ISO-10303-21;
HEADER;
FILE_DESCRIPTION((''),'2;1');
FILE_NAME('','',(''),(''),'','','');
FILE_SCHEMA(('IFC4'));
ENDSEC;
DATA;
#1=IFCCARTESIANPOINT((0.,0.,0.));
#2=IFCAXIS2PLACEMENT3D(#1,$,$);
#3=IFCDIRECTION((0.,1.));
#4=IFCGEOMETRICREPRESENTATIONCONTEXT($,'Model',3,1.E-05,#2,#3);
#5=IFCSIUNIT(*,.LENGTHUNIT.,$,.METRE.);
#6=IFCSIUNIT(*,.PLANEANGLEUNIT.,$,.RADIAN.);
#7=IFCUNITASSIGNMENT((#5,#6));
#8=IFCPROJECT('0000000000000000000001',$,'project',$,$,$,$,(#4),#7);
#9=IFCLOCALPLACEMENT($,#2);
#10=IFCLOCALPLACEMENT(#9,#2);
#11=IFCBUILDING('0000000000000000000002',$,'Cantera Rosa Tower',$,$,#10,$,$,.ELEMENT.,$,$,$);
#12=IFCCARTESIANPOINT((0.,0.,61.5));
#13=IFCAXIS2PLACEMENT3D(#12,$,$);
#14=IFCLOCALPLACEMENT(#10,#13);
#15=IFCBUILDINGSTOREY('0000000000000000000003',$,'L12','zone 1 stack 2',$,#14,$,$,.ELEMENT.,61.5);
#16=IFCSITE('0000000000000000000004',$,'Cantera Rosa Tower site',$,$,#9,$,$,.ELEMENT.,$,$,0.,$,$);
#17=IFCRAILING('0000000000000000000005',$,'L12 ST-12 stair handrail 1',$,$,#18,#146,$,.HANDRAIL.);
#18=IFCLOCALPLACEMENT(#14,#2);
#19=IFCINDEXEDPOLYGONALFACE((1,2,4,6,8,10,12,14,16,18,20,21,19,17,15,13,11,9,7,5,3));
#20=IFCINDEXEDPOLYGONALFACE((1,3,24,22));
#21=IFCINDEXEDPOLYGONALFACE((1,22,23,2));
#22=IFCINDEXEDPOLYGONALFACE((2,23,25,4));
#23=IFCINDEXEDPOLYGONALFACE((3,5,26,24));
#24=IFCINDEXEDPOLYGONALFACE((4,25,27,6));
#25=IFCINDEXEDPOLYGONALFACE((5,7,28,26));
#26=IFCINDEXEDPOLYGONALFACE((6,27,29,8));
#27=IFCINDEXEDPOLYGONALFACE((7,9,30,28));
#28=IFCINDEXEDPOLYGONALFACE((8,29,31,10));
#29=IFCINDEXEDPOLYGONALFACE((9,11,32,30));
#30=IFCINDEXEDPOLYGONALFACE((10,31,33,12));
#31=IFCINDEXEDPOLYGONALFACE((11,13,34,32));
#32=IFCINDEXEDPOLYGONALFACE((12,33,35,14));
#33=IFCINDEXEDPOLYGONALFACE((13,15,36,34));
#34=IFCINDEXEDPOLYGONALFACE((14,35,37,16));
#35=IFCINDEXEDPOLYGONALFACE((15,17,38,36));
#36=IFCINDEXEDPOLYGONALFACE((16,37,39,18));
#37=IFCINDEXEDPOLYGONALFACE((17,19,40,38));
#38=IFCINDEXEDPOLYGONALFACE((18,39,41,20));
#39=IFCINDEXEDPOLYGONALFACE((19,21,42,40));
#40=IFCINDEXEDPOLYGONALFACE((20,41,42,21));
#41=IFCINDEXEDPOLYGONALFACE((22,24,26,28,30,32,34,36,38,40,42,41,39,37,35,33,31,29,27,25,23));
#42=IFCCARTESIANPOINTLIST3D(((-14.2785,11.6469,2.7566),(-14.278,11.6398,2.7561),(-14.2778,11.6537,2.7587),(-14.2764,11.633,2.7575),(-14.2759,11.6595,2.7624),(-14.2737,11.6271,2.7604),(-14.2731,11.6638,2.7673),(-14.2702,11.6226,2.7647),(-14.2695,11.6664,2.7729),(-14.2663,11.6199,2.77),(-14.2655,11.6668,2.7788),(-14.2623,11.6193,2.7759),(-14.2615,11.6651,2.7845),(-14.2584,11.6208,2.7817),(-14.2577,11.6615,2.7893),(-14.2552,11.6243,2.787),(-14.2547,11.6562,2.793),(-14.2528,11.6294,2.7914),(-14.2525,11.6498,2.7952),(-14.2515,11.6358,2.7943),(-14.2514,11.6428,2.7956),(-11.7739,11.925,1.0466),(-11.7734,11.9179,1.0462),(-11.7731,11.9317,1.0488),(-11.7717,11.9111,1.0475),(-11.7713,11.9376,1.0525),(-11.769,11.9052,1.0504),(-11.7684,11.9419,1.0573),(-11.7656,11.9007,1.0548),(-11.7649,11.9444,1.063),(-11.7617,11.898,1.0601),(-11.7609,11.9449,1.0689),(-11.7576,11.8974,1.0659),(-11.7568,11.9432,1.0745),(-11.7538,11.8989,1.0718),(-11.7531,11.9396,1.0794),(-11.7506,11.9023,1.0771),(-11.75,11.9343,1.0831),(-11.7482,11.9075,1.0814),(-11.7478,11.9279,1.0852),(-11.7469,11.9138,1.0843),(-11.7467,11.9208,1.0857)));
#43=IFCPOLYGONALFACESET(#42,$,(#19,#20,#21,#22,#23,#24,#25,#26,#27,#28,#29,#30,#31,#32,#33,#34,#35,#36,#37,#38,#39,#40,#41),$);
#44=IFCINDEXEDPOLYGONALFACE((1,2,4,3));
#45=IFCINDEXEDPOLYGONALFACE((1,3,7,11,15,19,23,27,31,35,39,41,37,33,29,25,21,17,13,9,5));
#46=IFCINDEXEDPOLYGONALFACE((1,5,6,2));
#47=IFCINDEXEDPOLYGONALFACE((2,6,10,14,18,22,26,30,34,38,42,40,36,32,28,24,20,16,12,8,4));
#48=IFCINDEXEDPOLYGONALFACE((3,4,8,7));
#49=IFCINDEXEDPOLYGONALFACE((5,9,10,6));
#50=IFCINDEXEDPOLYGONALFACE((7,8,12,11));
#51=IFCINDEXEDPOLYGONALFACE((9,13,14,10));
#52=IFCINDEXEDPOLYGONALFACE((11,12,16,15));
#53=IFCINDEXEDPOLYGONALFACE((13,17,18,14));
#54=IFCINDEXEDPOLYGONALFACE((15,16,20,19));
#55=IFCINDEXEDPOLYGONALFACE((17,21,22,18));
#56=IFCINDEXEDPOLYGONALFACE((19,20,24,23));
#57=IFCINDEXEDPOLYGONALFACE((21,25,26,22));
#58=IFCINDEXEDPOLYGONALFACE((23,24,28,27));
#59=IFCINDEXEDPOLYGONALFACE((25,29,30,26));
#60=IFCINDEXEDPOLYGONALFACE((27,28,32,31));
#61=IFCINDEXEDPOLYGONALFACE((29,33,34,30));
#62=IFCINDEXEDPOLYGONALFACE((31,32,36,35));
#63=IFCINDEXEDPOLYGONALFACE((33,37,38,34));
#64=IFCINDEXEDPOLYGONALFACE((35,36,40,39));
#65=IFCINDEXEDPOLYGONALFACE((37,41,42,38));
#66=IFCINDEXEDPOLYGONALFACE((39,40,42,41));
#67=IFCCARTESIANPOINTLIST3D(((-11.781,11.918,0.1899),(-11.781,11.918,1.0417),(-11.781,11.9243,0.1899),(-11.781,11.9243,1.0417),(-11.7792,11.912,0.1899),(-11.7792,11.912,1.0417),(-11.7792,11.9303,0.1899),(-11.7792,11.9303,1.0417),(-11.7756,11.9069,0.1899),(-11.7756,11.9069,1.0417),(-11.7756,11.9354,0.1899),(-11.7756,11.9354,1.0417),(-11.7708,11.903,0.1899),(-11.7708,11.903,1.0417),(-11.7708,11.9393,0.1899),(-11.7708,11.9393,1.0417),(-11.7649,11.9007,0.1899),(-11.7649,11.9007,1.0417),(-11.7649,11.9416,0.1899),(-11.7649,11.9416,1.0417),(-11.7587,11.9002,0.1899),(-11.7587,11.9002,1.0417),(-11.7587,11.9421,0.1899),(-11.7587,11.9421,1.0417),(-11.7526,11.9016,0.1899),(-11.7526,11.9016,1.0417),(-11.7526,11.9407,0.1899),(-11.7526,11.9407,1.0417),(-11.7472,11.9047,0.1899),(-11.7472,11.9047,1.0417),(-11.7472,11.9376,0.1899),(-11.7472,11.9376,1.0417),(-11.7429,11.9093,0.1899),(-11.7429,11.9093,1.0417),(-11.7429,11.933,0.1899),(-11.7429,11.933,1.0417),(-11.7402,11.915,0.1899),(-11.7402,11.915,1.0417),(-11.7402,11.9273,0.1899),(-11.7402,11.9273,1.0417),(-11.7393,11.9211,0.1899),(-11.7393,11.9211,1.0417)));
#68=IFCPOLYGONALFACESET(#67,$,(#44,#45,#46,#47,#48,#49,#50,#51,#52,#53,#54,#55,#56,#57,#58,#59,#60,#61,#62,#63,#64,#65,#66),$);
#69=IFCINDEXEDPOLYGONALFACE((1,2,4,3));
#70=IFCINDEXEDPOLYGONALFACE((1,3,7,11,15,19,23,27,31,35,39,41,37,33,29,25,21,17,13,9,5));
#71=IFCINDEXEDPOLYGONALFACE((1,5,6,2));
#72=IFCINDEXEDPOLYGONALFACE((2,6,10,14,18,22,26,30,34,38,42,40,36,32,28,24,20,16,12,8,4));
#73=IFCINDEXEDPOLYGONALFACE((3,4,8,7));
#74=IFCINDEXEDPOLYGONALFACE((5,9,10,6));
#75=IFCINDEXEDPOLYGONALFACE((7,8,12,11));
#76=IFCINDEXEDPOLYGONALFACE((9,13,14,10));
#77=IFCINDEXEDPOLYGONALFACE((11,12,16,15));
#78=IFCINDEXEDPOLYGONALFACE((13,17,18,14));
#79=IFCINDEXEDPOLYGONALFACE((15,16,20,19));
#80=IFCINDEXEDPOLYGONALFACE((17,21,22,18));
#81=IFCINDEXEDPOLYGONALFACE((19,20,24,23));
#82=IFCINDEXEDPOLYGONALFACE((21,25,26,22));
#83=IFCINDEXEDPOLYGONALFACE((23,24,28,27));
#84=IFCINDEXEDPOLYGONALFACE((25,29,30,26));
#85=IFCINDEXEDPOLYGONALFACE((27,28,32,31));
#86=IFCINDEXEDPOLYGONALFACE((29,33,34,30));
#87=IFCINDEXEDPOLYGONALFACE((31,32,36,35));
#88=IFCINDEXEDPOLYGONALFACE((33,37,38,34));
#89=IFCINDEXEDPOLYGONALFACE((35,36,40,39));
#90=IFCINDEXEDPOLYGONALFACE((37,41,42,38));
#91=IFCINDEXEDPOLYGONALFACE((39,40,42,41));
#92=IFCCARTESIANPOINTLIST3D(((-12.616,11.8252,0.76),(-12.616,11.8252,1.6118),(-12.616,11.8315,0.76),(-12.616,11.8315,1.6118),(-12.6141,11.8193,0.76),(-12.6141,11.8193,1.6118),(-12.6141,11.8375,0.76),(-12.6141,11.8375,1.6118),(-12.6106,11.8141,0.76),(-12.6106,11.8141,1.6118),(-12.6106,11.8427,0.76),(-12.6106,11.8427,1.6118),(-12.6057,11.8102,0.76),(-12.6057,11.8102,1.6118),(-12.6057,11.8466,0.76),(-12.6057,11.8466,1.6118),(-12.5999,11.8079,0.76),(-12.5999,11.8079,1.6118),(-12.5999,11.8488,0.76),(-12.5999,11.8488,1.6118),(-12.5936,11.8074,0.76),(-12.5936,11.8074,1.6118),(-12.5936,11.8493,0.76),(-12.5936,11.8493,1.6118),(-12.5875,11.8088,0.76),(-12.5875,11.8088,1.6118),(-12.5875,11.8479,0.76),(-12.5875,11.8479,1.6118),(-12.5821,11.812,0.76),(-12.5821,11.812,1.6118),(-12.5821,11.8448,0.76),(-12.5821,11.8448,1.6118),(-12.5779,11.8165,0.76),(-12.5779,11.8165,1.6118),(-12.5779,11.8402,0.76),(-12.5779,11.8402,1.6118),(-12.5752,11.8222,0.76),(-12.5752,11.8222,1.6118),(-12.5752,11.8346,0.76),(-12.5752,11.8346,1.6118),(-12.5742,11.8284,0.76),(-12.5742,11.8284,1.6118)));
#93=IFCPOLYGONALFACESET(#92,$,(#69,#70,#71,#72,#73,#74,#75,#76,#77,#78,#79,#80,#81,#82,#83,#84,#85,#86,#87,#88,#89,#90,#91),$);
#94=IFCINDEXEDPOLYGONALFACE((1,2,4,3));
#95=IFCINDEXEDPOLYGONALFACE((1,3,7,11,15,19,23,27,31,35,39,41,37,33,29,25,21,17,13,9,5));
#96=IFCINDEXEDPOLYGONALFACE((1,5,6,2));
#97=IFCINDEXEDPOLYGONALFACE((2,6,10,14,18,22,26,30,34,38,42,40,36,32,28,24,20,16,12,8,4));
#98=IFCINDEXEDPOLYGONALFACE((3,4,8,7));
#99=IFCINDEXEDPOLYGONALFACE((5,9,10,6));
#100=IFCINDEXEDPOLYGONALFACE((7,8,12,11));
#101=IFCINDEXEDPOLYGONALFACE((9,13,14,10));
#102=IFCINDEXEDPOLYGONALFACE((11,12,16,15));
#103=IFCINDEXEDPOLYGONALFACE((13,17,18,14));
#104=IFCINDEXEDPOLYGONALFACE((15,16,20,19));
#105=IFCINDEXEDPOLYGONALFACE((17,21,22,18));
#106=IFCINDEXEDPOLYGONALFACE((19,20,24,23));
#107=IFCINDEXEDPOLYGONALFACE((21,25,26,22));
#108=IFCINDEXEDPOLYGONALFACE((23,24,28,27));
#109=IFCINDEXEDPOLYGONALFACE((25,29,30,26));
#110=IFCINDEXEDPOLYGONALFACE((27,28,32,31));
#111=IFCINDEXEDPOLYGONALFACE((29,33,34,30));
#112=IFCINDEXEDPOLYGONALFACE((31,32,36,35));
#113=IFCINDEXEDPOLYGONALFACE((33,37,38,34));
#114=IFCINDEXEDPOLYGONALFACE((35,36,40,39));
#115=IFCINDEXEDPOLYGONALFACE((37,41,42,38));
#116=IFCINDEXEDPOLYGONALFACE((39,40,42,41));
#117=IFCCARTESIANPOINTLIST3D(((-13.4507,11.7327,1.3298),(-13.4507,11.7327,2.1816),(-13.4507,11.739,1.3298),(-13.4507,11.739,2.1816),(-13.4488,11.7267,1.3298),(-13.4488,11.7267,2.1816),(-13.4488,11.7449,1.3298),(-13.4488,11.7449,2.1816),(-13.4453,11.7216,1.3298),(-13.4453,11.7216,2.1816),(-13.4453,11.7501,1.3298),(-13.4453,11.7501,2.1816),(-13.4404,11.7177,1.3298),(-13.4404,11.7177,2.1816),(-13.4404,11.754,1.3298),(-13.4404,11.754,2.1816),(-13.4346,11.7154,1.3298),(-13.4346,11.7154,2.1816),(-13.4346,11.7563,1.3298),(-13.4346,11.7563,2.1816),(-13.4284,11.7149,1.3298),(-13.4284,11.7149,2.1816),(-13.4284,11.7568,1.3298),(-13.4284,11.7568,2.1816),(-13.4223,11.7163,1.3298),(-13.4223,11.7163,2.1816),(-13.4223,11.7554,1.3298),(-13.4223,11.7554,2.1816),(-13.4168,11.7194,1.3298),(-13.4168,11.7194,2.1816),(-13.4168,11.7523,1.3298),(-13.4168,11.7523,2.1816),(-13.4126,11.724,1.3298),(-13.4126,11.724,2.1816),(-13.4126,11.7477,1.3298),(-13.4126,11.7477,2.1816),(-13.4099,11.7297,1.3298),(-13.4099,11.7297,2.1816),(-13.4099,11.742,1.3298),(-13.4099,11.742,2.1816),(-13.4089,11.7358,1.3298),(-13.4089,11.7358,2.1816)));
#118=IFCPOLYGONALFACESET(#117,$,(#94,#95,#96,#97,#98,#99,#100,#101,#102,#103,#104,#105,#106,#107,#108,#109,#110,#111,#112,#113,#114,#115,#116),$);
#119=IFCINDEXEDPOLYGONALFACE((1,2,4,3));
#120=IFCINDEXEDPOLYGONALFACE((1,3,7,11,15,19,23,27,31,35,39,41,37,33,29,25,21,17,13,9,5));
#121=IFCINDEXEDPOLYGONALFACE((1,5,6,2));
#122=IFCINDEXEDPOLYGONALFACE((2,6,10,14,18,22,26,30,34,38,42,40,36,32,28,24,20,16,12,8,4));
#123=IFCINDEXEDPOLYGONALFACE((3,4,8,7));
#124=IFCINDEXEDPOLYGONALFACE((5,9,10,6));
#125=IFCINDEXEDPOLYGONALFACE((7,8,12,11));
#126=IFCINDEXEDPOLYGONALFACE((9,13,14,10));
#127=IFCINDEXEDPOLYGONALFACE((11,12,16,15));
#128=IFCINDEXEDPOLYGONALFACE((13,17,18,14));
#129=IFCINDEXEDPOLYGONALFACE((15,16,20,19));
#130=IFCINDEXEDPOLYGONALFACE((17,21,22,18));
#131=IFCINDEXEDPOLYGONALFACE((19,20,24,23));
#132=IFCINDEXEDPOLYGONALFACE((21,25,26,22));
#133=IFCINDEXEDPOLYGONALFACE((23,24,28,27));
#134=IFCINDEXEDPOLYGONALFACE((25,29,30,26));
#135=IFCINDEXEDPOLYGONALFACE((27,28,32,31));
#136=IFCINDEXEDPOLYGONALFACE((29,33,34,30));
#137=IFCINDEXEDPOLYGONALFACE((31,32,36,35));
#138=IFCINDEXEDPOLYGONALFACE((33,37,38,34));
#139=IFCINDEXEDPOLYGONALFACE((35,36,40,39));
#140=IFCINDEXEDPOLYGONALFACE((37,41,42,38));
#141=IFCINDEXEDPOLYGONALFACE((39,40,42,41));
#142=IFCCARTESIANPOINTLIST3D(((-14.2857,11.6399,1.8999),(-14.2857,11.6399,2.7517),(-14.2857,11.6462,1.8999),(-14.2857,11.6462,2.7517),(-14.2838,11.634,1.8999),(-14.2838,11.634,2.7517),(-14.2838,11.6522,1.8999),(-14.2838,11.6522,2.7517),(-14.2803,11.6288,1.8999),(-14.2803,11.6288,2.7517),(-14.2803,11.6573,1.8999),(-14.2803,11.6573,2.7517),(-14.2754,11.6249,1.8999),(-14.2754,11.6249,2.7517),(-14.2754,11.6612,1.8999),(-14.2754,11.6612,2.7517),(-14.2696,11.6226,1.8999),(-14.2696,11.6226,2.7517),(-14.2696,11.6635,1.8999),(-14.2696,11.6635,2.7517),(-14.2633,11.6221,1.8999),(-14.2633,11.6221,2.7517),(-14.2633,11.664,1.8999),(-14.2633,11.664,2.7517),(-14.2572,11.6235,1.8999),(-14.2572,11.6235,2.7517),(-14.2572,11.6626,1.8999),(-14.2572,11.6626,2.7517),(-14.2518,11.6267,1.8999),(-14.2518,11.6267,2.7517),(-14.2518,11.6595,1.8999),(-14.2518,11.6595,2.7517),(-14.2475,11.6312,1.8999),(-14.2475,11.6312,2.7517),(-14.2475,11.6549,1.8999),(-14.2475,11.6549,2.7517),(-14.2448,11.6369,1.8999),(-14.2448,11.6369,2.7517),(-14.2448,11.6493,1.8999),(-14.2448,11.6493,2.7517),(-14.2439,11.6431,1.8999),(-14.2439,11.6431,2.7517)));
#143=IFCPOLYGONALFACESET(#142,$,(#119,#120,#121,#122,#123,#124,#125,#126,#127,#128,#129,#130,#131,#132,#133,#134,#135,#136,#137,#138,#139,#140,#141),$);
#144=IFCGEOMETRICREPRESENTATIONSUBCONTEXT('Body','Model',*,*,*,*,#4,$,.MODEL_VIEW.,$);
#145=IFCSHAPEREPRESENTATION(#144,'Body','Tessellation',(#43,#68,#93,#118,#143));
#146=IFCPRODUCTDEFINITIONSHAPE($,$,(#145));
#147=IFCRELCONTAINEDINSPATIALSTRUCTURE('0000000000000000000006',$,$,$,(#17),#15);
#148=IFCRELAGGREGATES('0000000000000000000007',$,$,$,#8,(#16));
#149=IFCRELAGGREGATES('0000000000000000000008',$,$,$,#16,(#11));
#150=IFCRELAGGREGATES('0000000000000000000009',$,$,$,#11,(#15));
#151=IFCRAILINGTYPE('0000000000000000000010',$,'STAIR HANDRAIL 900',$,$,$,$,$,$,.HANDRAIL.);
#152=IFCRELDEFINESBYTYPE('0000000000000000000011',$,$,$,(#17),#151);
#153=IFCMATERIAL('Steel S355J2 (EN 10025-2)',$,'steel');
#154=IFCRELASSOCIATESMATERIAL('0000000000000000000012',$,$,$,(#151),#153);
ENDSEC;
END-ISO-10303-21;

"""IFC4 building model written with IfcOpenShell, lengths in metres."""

from ifc_helpers import new_model, si_unit, direction, frame, origin, origin_2d, place, context, subcontext, project, spatial, circle, extrude, material, type_object, element, save


model = new_model("IFC4")

# Units and contexts
model_context = context("Model", 3, precision=1e-05, world=origin(), true_north=direction((0.0, 1.0)))
body_context = subcontext(model_context, "Body", "Model", "MODEL_VIEW")
ifc_project = project(units=[si_unit("LENGTHUNIT", "METRE"), si_unit("PLANEANGLEUNIT", "RADIAN")], contexts=[model_context])

# Site, building, storey
site_placement = place(None, origin())
site = spatial("IfcSite", under=ifc_project, at=site_placement, Name="Cantera Rosa Tower site", CompositionType="ELEMENT", RefElevation=0.0)
building_placement = place(site_placement, origin())
building = spatial("IfcBuilding", under=site, at=building_placement, Name="Cantera Rosa Tower", CompositionType="ELEMENT")
storey_placement = place(building_placement, frame((0.0, 0.0, 61.5)))
storey = spatial("IfcBuildingStorey", under=building, at=storey_placement, Name="L12", Description="zone 1 stack 2", CompositionType="ELEMENT", Elevation=61.5)

# Railing
ifc_material_1 = material(Name="Steel S355J2 (EN 10025-2)", Category="steel")
railing_type_1 = type_object("IfcRailingType", Name="STAIR HANDRAIL 900", PredefinedType="HANDRAIL", material=ifc_material_1)
railing_1_placement = place(storey_placement, frame((-11.7603, 11.9211, 0.1899)))
element("IfcRailing", 1, at=railing_1_placement, inside=storey, type_object=railing_type_1, Name="L12 ST-12 stair handrail 1", PredefinedType="HANDRAIL", context=body_context, shape_type="SweptSolid", body=[
    extrude(circle(Radius=0.0239, at=origin_2d()), frame((0.0, 0.0, 0.876), z_axis=(-0.822431, -0.09131, 0.561488), x_axis=(0.110346, -0.993893, 0.0)), (0.0, 0.0, 1.0), 3.0454),
    extrude(circle(Radius=0.021, at=origin_2d()), origin(), (0.0, 0.0, 1.0), 0.8518),
    extrude(circle(Radius=0.021, at=origin_2d()), frame((-0.835, -0.0928, 0.5701)), (0.0, 0.0, 1.0), 0.8518),
    extrude(circle(Radius=0.021, at=origin_2d()), frame((-1.6697, -0.1853, 1.1399)), (0.0, 0.0, 1.0), 0.8518),
    extrude(circle(Radius=0.021, at=origin_2d()), frame((-2.5046, -0.2781, 1.71)), (0.0, 0.0, 1.0), 0.8518),
])

save(model, "model.ifc")
